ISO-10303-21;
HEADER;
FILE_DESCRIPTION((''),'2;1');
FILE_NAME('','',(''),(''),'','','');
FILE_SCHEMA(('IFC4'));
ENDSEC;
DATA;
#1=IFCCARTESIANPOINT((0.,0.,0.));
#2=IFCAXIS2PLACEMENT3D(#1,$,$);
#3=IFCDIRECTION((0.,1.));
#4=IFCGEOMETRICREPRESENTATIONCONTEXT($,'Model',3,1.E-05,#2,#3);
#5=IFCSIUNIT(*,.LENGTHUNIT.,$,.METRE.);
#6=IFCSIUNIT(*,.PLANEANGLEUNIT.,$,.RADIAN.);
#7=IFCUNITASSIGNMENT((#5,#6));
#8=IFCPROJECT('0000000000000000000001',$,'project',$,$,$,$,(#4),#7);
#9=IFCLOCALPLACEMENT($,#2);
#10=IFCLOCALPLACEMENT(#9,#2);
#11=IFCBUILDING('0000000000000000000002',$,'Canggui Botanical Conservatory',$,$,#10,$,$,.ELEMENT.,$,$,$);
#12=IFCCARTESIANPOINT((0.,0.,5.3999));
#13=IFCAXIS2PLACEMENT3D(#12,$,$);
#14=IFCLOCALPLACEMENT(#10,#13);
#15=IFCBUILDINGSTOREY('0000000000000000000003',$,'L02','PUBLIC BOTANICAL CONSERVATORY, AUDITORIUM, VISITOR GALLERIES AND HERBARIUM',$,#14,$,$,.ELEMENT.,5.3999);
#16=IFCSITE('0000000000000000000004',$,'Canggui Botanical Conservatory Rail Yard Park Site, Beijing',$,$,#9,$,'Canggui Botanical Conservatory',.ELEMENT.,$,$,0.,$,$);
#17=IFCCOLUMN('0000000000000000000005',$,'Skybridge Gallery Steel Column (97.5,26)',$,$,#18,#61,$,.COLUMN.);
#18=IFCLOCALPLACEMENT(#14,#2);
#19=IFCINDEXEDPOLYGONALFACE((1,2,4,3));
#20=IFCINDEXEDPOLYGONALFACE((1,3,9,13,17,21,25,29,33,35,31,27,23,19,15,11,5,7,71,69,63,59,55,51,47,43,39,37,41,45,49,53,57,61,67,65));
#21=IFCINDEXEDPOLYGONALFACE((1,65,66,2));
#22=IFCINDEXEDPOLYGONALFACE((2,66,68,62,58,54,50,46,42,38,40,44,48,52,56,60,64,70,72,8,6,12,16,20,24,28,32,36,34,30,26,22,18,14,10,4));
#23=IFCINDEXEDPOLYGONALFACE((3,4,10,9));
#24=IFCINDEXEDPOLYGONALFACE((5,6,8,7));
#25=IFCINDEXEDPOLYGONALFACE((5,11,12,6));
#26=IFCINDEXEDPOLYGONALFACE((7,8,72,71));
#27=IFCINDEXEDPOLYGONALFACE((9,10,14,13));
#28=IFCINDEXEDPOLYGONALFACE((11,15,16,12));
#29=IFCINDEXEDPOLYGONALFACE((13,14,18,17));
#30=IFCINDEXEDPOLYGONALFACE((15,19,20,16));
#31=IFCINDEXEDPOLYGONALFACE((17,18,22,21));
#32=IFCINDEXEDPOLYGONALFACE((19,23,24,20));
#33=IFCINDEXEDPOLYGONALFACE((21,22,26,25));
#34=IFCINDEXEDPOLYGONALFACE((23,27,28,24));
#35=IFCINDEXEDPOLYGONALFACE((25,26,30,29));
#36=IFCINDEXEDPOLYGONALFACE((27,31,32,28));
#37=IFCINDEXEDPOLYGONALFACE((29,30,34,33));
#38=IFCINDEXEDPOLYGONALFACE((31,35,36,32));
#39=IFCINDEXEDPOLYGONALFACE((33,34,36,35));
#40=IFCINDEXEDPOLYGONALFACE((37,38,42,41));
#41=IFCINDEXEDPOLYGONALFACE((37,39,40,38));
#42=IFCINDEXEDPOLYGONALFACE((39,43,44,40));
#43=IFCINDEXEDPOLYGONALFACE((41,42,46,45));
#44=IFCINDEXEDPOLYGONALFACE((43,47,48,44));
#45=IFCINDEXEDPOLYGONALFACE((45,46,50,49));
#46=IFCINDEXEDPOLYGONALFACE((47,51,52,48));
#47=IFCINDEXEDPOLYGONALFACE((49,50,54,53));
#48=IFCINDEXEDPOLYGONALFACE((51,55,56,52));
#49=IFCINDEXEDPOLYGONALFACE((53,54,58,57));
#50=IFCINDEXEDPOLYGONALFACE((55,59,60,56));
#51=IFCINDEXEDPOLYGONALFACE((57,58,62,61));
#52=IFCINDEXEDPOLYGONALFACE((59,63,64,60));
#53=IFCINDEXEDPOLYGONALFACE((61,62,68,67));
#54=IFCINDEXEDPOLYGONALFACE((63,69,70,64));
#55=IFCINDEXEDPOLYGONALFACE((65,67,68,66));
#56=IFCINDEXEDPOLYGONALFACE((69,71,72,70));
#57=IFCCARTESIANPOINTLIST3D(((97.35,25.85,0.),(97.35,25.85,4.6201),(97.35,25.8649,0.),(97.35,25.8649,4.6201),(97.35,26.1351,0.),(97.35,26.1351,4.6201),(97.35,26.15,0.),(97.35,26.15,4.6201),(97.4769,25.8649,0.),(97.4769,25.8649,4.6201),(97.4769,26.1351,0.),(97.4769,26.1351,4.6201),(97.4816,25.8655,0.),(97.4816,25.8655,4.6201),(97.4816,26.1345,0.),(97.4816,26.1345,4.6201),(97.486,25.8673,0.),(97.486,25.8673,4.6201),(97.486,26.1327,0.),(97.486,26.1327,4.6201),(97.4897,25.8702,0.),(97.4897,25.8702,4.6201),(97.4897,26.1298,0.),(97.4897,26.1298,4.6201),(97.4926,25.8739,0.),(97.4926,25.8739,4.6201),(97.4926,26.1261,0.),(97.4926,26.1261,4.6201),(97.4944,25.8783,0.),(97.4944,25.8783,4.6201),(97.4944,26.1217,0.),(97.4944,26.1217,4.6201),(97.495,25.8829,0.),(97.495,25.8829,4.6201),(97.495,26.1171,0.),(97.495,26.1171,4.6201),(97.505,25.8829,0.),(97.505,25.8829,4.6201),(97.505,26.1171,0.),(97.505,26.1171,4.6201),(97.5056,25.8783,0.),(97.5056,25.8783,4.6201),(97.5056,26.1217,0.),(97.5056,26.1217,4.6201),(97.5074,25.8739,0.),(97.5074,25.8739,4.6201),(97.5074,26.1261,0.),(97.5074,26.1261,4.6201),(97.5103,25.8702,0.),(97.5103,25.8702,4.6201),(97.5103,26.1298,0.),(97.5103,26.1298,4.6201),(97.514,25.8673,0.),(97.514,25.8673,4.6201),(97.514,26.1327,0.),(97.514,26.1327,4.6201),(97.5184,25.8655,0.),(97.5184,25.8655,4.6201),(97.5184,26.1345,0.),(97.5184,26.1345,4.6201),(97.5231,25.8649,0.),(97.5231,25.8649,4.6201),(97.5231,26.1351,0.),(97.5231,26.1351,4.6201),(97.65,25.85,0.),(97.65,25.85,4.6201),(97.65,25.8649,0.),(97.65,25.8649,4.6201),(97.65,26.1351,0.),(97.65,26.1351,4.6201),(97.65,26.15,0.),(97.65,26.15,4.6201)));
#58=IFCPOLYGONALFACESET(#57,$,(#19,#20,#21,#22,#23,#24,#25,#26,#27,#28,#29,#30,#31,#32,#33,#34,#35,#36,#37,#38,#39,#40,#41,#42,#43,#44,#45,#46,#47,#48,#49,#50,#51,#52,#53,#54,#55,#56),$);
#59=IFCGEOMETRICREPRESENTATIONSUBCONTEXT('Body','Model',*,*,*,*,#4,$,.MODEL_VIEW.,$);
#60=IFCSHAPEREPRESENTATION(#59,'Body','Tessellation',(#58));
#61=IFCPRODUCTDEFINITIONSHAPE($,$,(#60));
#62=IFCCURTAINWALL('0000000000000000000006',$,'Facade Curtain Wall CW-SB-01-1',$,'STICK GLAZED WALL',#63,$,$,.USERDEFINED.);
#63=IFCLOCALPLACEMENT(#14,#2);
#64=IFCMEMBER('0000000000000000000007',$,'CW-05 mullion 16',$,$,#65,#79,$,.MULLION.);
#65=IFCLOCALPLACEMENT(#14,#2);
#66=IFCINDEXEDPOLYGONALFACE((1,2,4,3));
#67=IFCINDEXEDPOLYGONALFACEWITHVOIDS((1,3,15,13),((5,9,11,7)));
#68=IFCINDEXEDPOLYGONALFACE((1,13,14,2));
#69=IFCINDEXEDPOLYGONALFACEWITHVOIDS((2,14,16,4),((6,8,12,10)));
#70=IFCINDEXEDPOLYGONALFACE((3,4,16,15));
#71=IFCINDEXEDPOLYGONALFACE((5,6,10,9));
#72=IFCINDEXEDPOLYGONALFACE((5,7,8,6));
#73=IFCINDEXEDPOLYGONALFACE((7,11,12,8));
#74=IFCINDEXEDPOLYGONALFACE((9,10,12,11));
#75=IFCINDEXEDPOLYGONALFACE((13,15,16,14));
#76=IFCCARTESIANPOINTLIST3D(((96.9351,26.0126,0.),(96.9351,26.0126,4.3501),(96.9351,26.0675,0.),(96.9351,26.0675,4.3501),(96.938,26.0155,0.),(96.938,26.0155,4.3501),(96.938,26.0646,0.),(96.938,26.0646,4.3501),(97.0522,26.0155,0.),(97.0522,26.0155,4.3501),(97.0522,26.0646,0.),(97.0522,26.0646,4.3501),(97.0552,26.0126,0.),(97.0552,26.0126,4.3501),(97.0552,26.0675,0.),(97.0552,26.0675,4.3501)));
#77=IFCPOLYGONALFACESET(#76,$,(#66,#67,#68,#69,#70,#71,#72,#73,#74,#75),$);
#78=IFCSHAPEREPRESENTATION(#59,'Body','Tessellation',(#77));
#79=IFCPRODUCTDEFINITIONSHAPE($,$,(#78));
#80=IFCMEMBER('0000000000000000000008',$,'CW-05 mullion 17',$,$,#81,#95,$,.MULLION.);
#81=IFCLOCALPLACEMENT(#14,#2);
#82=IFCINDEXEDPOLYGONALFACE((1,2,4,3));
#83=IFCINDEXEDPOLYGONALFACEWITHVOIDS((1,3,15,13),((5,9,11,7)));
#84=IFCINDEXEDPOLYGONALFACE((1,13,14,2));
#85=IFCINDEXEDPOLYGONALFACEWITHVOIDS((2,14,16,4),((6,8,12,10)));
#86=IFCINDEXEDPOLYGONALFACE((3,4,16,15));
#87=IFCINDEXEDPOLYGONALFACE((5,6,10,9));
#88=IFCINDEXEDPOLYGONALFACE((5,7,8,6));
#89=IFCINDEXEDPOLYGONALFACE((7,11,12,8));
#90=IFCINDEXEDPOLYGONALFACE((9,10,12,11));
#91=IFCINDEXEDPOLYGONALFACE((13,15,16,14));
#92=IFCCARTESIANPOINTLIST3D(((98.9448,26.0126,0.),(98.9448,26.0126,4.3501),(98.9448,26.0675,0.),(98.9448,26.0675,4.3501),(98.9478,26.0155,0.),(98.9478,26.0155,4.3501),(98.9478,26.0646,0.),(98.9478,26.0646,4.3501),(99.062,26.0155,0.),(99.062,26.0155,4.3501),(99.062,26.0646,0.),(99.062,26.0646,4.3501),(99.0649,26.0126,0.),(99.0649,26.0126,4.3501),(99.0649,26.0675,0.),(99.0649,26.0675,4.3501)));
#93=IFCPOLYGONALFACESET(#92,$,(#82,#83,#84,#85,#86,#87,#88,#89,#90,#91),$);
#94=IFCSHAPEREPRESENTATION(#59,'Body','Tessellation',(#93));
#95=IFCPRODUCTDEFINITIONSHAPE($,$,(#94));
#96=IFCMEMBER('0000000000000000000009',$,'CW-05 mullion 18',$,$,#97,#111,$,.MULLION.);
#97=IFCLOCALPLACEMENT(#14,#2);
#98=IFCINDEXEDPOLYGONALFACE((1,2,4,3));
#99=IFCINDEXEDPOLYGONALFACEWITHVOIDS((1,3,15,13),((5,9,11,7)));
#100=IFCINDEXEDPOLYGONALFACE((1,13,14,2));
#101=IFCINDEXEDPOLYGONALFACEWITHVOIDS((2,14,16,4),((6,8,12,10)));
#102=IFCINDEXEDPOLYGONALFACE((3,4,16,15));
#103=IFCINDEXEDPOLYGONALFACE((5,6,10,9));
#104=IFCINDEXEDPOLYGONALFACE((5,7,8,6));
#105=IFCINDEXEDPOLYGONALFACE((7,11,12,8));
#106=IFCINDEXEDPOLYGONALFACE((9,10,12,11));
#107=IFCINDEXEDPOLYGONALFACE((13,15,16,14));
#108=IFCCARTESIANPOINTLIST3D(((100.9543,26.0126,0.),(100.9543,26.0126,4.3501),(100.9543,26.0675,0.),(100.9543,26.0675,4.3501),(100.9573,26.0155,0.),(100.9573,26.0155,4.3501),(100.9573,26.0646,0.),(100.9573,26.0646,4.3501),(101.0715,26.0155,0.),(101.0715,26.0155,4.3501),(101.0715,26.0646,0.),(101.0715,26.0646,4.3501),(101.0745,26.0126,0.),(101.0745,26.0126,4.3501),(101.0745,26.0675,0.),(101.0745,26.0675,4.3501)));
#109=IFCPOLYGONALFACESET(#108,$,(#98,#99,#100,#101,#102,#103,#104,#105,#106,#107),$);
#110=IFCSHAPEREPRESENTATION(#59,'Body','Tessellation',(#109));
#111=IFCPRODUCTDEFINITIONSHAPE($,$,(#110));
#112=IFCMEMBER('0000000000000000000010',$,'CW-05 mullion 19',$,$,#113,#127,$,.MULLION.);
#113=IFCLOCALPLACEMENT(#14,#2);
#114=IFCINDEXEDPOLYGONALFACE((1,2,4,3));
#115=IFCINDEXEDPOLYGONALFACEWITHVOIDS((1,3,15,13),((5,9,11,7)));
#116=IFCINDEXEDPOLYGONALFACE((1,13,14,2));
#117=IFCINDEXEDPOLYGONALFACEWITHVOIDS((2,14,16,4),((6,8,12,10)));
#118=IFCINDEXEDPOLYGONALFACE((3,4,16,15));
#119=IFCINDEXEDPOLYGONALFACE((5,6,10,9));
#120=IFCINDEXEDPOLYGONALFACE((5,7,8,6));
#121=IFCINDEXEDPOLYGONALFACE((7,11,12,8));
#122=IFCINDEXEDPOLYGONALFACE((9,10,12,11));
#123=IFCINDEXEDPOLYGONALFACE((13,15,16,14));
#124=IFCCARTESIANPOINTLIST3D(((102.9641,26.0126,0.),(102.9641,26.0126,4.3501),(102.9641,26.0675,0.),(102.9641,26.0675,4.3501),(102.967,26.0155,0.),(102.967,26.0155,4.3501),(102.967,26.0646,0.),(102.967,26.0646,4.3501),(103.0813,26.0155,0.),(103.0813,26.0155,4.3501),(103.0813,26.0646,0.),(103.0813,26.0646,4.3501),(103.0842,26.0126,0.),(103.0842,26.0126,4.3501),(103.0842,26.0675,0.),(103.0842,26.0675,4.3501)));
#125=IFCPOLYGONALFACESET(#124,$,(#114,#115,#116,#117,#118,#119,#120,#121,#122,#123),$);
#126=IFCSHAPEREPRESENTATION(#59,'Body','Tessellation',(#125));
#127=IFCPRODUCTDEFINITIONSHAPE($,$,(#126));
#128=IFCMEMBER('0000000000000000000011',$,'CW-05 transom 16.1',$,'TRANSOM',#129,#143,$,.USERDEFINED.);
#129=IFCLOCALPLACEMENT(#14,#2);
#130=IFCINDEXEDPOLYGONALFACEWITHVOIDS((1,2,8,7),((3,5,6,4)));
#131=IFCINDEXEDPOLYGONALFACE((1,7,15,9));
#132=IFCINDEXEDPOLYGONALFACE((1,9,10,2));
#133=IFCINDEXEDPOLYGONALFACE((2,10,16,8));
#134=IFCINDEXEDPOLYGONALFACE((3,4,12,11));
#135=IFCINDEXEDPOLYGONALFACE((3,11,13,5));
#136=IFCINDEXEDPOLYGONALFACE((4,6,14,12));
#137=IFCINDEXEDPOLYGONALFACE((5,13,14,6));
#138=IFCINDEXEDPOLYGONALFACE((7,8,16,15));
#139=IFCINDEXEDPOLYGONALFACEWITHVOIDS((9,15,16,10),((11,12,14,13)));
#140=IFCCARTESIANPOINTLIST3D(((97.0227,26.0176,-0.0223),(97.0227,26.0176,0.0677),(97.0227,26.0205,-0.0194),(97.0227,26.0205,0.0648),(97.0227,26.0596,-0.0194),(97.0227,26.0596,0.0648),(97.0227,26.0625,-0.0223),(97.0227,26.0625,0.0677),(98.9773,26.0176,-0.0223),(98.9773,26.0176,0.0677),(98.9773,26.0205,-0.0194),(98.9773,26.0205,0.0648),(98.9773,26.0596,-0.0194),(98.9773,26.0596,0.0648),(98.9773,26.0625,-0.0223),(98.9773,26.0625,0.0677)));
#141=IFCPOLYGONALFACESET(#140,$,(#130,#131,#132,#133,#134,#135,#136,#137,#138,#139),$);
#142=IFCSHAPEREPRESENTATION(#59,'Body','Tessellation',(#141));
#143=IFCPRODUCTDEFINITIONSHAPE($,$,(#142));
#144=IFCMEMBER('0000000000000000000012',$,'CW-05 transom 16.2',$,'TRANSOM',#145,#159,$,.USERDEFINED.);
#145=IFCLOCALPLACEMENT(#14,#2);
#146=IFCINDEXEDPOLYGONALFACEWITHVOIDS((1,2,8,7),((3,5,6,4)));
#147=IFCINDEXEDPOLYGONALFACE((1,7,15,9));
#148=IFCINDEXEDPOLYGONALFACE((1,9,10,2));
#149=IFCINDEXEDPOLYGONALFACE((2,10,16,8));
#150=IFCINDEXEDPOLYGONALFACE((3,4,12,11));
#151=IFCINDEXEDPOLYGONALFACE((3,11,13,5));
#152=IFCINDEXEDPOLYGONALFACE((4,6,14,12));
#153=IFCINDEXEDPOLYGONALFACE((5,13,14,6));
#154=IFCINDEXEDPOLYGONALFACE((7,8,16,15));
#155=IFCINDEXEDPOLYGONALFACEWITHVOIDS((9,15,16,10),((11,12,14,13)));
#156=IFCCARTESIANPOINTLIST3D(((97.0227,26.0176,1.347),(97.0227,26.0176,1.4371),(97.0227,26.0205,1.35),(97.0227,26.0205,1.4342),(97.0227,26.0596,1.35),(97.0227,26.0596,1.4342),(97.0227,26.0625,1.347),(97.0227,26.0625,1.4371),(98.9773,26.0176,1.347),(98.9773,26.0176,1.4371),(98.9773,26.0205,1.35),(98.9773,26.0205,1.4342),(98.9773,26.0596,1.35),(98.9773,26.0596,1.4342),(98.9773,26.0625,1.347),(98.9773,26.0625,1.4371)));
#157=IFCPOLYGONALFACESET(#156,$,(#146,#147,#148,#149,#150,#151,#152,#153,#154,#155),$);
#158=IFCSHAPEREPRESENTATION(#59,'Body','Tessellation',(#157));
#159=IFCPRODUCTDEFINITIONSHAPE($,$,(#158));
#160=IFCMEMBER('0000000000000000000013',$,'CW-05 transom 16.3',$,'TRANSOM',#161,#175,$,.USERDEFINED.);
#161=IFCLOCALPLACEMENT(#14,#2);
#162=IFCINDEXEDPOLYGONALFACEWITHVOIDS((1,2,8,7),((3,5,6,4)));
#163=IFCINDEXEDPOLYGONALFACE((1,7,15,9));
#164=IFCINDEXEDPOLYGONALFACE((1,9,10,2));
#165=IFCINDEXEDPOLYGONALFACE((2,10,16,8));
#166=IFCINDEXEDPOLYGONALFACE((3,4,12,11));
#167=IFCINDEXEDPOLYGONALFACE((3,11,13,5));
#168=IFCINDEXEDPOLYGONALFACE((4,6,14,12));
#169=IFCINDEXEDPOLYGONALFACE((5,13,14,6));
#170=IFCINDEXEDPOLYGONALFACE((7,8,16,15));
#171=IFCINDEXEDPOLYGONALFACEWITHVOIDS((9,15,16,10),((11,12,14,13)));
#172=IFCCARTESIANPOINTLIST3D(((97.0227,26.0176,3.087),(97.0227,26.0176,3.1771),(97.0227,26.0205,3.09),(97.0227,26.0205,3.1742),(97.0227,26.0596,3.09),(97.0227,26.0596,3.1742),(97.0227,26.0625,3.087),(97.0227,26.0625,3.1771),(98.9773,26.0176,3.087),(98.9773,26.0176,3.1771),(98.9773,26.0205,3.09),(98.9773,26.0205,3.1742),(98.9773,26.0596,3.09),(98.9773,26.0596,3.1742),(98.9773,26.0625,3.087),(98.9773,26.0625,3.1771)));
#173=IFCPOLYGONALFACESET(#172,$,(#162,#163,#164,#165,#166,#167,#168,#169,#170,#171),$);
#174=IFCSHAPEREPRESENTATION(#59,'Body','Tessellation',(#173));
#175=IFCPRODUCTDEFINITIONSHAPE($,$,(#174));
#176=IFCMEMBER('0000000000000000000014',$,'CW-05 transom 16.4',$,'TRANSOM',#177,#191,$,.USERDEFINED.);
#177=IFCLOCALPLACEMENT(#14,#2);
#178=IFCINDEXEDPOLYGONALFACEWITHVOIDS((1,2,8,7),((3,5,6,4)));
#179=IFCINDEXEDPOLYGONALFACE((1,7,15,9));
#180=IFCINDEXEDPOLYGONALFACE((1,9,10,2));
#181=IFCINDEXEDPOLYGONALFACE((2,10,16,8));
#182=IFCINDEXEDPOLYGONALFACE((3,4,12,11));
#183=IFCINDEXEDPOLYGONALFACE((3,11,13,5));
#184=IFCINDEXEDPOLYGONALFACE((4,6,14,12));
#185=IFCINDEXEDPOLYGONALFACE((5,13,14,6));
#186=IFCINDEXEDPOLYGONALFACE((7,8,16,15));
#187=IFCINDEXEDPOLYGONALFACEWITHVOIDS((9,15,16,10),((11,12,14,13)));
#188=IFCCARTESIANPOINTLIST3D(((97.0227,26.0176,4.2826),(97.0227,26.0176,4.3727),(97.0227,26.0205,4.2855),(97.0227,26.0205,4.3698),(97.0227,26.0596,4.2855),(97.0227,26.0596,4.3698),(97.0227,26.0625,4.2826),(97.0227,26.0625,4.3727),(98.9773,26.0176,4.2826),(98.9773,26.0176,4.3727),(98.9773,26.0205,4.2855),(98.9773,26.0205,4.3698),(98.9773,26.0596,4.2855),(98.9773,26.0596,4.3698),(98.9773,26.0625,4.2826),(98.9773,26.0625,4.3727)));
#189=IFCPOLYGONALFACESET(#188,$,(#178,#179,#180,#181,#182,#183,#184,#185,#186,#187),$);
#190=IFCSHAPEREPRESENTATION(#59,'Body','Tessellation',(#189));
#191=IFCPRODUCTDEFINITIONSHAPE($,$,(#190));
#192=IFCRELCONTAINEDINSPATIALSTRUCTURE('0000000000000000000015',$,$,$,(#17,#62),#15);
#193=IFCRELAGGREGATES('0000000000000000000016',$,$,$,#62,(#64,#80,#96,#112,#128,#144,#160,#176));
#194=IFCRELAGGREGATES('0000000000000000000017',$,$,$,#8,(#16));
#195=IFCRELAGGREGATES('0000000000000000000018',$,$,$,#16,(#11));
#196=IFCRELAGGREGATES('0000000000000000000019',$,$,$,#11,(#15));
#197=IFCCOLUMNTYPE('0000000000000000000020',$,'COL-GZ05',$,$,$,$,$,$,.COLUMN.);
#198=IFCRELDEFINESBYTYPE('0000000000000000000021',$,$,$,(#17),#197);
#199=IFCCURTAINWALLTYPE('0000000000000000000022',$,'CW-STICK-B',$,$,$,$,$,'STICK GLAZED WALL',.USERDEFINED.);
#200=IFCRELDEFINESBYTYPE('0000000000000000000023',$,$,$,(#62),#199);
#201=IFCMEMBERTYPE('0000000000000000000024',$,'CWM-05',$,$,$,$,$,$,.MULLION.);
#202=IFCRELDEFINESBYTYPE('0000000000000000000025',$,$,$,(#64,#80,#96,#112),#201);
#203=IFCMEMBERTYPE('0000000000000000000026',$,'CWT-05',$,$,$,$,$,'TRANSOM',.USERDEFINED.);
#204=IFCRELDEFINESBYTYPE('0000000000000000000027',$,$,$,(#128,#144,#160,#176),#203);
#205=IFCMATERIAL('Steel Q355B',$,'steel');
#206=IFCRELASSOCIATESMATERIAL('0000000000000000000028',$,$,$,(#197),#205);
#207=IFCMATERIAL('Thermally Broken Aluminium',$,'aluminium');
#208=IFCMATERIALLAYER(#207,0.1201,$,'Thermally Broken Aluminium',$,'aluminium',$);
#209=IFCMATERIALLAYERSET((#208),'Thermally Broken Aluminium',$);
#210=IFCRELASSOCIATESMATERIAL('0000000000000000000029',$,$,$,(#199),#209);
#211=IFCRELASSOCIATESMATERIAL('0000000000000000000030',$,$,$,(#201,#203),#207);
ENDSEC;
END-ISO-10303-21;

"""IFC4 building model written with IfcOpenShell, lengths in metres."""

from ifc_helpers import new_model, si_unit, direction, frame, origin, origin_2d, place, context, subcontext, project, spatial, hollow_rectangle, i_section, extrude, material, layer, layer_set, material_profile, profile_set, type_object, element, aggregate, save


model = new_model("IFC4")

# Units and contexts
model_context = context("Model", 3, precision=1e-05, world=origin(), true_north=direction((0.0, 1.0)))
body_context = subcontext(model_context, "Body", "Model", "MODEL_VIEW")
ifc_project = project(units=[si_unit("LENGTHUNIT", "METRE"), si_unit("PLANEANGLEUNIT", "RADIAN")], contexts=[model_context])

# Site, building, storey
site_placement = place(None, origin())
site = spatial("IfcSite", under=ifc_project, at=site_placement, Name="Canggui Botanical Conservatory Rail Yard Park Site, Beijing", LongName="Canggui Botanical Conservatory", CompositionType="ELEMENT", RefElevation=0.0)
building_placement = place(site_placement, origin())
building = spatial("IfcBuilding", under=site, at=building_placement, Name="Canggui Botanical Conservatory", CompositionType="ELEMENT")
storey_placement = place(building_placement, frame((0.0, 0.0, 5.3999)))
storey = spatial("IfcBuildingStorey", under=building, at=storey_placement, Name="L02", Description="PUBLIC BOTANICAL CONSERVATORY, AUDITORIUM, VISITOR GALLERIES AND HERBARIUM", CompositionType="ELEMENT", Elevation=5.3999)

# Column
ifc_material_1 = material(Name="Steel Q355B", Category="steel")
ifc_material_profile_1 = material_profile(ifc_material_1, i_section(OverallWidth=0.3, OverallDepth=0.3, WebThickness=0.01, FlangeThickness=0.0149, FilletRadius=0.0181, at=origin_2d()), Name="HW 300x300x10x15")
ifc_profile_set_1 = profile_set([ifc_material_profile_1], Name="Steel Q355B")
column_type = type_object("IfcColumnType", Name="COL-GZ05", PredefinedType="COLUMN", material=ifc_profile_set_1)
column_placement = place(storey_placement, frame((97.5, 26.0, 0.0), z_axis=(0.0, 0.0, 1.0), x_axis=(1.0, 0.0, 0.0)))
element("IfcColumn", 1, at=column_placement, inside=storey, type_object=column_type, Name="Skybridge Gallery Steel Column (97.5,26)", PredefinedType="COLUMN", context=body_context, shape_type="SweptSolid", body=[
    extrude(i_section(OverallWidth=0.3, OverallDepth=0.3, WebThickness=0.01, FlangeThickness=0.0149, FilletRadius=0.0181, at=origin_2d()), origin(), (0.0, 0.0, 1.0), 4.6201),
])

# Curtain wall, members
ifc_material_2 = material(Name="Thermally Broken Aluminium", Category="aluminium")
ifc_layer_1 = layer(ifc_material_2, 0.1201, Name="Thermally Broken Aluminium", Category="aluminium")
ifc_layer_set_1 = layer_set([ifc_layer_1], Name="Thermally Broken Aluminium")
curtain_wall_type = type_object("IfcCurtainWallType", Name="CW-STICK-B", ElementType="STICK GLAZED WALL", PredefinedType="USERDEFINED", material=ifc_layer_set_1)
curtain_wall_placement = place(storey_placement, origin())
curtain_wall = element("IfcCurtainWall", 2, at=curtain_wall_placement, inside=storey, type_object=curtain_wall_type, Name="Facade Curtain Wall CW-SB-01-1", ObjectType="STICK GLAZED WALL", PredefinedType="USERDEFINED")
ifc_material_profile_2 = material_profile(ifc_material_2, hollow_rectangle(XDim=0.0549, YDim=0.1201, WallThickness=0.0029, at=origin_2d()), Name="CWM 55x120x3")
ifc_profile_set_2 = profile_set([ifc_material_profile_2], Name="Thermally Broken Aluminium")
member_type_1 = type_object("IfcMemberType", Name="CWM-05", PredefinedType="MULLION", material=ifc_profile_set_2)
member_1_placement = place(storey_placement, frame((96.9951, 26.04, 0.0), z_axis=(0.0, 0.0, 1.0), x_axis=(0.0, 1.0, 0.0)))
member_1 = element("IfcMember", 3, at=member_1_placement, type_object=member_type_1, Name="CW-05 mullion 16", PredefinedType="MULLION", context=body_context, shape_type="SweptSolid", body=[
    extrude(hollow_rectangle(XDim=0.0549, YDim=0.1201, WallThickness=0.0029, at=origin_2d()), origin(), (0.0, 0.0, 1.0), 4.3501),
])
member_2_placement = place(storey_placement, frame((99.0049, 26.04, 0.0), z_axis=(0.0, 0.0, 1.0), x_axis=(0.0, 1.0, 0.0)))
member_2 = element("IfcMember", 4, at=member_2_placement, type_object=member_type_1, Name="CW-05 mullion 17", PredefinedType="MULLION", context=body_context, shape_type="SweptSolid", body=[
    extrude(hollow_rectangle(XDim=0.0549, YDim=0.1201, WallThickness=0.0029, at=origin_2d()), origin(), (0.0, 0.0, 1.0), 4.3501),
])
member_3_placement = place(storey_placement, frame((101.0144, 26.04, 0.0), z_axis=(0.0, 0.0, 1.0), x_axis=(0.0, 1.0, 0.0)))
member_3 = element("IfcMember", 5, at=member_3_placement, type_object=member_type_1, Name="CW-05 mullion 18", PredefinedType="MULLION", context=body_context, shape_type="SweptSolid", body=[
    extrude(hollow_rectangle(XDim=0.0549, YDim=0.1201, WallThickness=0.0029, at=origin_2d()), origin(), (0.0, 0.0, 1.0), 4.3501),
])
member_4_placement = place(storey_placement, frame((103.0242, 26.04, 0.0), z_axis=(0.0, 0.0, 1.0), x_axis=(0.0, 1.0, 0.0)))
member_4 = element("IfcMember", 6, at=member_4_placement, type_object=member_type_1, Name="CW-05 mullion 19", PredefinedType="MULLION", context=body_context, shape_type="SweptSolid", body=[
    extrude(hollow_rectangle(XDim=0.0549, YDim=0.1201, WallThickness=0.0029, at=origin_2d()), origin(), (0.0, 0.0, 1.0), 4.3501),
])
ifc_material_profile_3 = material_profile(ifc_material_2, hollow_rectangle(XDim=0.0449, YDim=0.0901, WallThickness=0.0029, at=origin_2d()), Name="CWT 45x90x3")
ifc_profile_set_3 = profile_set([ifc_material_profile_3], Name="Thermally Broken Aluminium")
member_type_2 = type_object("IfcMemberType", Name="CWT-05", ElementType="TRANSOM", PredefinedType="USERDEFINED", material=ifc_profile_set_3)
member_5_placement = place(storey_placement, frame((97.0227, 26.04, 0.0227), z_axis=(1.0, 0.0, 0.0), x_axis=(0.0, 1.0, 0.0)))
member_5 = element("IfcMember", 7, at=member_5_placement, type_object=member_type_2, Name="CW-05 transom 16.1", ObjectType="TRANSOM", PredefinedType="USERDEFINED", context=body_context, shape_type="SweptSolid", body=[
    extrude(hollow_rectangle(XDim=0.0449, YDim=0.0901, WallThickness=0.0029, at=origin_2d()), origin(), (0.0, 0.0, 1.0), 1.9546),
])
member_6_placement = place(storey_placement, frame((97.0227, 26.04, 1.3921), z_axis=(1.0, 0.0, 0.0), x_axis=(0.0, 1.0, 0.0)))
member_6 = element("IfcMember", 8, at=member_6_placement, type_object=member_type_2, Name="CW-05 transom 16.2", ObjectType="TRANSOM", PredefinedType="USERDEFINED", context=body_context, shape_type="SweptSolid", body=[
    extrude(hollow_rectangle(XDim=0.0449, YDim=0.0901, WallThickness=0.0029, at=origin_2d()), origin(), (0.0, 0.0, 1.0), 1.9546),
])
member_7_placement = place(storey_placement, frame((97.0227, 26.04, 3.1321), z_axis=(1.0, 0.0, 0.0), x_axis=(0.0, 1.0, 0.0)))
member_7 = element("IfcMember", 9, at=member_7_placement, type_object=member_type_2, Name="CW-05 transom 16.3", ObjectType="TRANSOM", PredefinedType="USERDEFINED", context=body_context, shape_type="SweptSolid", body=[
    extrude(hollow_rectangle(XDim=0.0449, YDim=0.0901, WallThickness=0.0029, at=origin_2d()), origin(), (0.0, 0.0, 1.0), 1.9546),
])
member_8_placement = place(storey_placement, frame((97.0227, 26.04, 4.3276), z_axis=(1.0, 0.0, 0.0), x_axis=(0.0, 1.0, 0.0)))
member_8 = element("IfcMember", 10, at=member_8_placement, type_object=member_type_2, Name="CW-05 transom 16.4", ObjectType="TRANSOM", PredefinedType="USERDEFINED", context=body_context, shape_type="SweptSolid", body=[
    extrude(hollow_rectangle(XDim=0.0449, YDim=0.0901, WallThickness=0.0029, at=origin_2d()), origin(), (0.0, 0.0, 1.0), 1.9546),
])

aggregate(curtain_wall, [member_1, member_2, member_3, member_4, member_5, member_6, member_7, member_8])

save(model, "model.ifc")
